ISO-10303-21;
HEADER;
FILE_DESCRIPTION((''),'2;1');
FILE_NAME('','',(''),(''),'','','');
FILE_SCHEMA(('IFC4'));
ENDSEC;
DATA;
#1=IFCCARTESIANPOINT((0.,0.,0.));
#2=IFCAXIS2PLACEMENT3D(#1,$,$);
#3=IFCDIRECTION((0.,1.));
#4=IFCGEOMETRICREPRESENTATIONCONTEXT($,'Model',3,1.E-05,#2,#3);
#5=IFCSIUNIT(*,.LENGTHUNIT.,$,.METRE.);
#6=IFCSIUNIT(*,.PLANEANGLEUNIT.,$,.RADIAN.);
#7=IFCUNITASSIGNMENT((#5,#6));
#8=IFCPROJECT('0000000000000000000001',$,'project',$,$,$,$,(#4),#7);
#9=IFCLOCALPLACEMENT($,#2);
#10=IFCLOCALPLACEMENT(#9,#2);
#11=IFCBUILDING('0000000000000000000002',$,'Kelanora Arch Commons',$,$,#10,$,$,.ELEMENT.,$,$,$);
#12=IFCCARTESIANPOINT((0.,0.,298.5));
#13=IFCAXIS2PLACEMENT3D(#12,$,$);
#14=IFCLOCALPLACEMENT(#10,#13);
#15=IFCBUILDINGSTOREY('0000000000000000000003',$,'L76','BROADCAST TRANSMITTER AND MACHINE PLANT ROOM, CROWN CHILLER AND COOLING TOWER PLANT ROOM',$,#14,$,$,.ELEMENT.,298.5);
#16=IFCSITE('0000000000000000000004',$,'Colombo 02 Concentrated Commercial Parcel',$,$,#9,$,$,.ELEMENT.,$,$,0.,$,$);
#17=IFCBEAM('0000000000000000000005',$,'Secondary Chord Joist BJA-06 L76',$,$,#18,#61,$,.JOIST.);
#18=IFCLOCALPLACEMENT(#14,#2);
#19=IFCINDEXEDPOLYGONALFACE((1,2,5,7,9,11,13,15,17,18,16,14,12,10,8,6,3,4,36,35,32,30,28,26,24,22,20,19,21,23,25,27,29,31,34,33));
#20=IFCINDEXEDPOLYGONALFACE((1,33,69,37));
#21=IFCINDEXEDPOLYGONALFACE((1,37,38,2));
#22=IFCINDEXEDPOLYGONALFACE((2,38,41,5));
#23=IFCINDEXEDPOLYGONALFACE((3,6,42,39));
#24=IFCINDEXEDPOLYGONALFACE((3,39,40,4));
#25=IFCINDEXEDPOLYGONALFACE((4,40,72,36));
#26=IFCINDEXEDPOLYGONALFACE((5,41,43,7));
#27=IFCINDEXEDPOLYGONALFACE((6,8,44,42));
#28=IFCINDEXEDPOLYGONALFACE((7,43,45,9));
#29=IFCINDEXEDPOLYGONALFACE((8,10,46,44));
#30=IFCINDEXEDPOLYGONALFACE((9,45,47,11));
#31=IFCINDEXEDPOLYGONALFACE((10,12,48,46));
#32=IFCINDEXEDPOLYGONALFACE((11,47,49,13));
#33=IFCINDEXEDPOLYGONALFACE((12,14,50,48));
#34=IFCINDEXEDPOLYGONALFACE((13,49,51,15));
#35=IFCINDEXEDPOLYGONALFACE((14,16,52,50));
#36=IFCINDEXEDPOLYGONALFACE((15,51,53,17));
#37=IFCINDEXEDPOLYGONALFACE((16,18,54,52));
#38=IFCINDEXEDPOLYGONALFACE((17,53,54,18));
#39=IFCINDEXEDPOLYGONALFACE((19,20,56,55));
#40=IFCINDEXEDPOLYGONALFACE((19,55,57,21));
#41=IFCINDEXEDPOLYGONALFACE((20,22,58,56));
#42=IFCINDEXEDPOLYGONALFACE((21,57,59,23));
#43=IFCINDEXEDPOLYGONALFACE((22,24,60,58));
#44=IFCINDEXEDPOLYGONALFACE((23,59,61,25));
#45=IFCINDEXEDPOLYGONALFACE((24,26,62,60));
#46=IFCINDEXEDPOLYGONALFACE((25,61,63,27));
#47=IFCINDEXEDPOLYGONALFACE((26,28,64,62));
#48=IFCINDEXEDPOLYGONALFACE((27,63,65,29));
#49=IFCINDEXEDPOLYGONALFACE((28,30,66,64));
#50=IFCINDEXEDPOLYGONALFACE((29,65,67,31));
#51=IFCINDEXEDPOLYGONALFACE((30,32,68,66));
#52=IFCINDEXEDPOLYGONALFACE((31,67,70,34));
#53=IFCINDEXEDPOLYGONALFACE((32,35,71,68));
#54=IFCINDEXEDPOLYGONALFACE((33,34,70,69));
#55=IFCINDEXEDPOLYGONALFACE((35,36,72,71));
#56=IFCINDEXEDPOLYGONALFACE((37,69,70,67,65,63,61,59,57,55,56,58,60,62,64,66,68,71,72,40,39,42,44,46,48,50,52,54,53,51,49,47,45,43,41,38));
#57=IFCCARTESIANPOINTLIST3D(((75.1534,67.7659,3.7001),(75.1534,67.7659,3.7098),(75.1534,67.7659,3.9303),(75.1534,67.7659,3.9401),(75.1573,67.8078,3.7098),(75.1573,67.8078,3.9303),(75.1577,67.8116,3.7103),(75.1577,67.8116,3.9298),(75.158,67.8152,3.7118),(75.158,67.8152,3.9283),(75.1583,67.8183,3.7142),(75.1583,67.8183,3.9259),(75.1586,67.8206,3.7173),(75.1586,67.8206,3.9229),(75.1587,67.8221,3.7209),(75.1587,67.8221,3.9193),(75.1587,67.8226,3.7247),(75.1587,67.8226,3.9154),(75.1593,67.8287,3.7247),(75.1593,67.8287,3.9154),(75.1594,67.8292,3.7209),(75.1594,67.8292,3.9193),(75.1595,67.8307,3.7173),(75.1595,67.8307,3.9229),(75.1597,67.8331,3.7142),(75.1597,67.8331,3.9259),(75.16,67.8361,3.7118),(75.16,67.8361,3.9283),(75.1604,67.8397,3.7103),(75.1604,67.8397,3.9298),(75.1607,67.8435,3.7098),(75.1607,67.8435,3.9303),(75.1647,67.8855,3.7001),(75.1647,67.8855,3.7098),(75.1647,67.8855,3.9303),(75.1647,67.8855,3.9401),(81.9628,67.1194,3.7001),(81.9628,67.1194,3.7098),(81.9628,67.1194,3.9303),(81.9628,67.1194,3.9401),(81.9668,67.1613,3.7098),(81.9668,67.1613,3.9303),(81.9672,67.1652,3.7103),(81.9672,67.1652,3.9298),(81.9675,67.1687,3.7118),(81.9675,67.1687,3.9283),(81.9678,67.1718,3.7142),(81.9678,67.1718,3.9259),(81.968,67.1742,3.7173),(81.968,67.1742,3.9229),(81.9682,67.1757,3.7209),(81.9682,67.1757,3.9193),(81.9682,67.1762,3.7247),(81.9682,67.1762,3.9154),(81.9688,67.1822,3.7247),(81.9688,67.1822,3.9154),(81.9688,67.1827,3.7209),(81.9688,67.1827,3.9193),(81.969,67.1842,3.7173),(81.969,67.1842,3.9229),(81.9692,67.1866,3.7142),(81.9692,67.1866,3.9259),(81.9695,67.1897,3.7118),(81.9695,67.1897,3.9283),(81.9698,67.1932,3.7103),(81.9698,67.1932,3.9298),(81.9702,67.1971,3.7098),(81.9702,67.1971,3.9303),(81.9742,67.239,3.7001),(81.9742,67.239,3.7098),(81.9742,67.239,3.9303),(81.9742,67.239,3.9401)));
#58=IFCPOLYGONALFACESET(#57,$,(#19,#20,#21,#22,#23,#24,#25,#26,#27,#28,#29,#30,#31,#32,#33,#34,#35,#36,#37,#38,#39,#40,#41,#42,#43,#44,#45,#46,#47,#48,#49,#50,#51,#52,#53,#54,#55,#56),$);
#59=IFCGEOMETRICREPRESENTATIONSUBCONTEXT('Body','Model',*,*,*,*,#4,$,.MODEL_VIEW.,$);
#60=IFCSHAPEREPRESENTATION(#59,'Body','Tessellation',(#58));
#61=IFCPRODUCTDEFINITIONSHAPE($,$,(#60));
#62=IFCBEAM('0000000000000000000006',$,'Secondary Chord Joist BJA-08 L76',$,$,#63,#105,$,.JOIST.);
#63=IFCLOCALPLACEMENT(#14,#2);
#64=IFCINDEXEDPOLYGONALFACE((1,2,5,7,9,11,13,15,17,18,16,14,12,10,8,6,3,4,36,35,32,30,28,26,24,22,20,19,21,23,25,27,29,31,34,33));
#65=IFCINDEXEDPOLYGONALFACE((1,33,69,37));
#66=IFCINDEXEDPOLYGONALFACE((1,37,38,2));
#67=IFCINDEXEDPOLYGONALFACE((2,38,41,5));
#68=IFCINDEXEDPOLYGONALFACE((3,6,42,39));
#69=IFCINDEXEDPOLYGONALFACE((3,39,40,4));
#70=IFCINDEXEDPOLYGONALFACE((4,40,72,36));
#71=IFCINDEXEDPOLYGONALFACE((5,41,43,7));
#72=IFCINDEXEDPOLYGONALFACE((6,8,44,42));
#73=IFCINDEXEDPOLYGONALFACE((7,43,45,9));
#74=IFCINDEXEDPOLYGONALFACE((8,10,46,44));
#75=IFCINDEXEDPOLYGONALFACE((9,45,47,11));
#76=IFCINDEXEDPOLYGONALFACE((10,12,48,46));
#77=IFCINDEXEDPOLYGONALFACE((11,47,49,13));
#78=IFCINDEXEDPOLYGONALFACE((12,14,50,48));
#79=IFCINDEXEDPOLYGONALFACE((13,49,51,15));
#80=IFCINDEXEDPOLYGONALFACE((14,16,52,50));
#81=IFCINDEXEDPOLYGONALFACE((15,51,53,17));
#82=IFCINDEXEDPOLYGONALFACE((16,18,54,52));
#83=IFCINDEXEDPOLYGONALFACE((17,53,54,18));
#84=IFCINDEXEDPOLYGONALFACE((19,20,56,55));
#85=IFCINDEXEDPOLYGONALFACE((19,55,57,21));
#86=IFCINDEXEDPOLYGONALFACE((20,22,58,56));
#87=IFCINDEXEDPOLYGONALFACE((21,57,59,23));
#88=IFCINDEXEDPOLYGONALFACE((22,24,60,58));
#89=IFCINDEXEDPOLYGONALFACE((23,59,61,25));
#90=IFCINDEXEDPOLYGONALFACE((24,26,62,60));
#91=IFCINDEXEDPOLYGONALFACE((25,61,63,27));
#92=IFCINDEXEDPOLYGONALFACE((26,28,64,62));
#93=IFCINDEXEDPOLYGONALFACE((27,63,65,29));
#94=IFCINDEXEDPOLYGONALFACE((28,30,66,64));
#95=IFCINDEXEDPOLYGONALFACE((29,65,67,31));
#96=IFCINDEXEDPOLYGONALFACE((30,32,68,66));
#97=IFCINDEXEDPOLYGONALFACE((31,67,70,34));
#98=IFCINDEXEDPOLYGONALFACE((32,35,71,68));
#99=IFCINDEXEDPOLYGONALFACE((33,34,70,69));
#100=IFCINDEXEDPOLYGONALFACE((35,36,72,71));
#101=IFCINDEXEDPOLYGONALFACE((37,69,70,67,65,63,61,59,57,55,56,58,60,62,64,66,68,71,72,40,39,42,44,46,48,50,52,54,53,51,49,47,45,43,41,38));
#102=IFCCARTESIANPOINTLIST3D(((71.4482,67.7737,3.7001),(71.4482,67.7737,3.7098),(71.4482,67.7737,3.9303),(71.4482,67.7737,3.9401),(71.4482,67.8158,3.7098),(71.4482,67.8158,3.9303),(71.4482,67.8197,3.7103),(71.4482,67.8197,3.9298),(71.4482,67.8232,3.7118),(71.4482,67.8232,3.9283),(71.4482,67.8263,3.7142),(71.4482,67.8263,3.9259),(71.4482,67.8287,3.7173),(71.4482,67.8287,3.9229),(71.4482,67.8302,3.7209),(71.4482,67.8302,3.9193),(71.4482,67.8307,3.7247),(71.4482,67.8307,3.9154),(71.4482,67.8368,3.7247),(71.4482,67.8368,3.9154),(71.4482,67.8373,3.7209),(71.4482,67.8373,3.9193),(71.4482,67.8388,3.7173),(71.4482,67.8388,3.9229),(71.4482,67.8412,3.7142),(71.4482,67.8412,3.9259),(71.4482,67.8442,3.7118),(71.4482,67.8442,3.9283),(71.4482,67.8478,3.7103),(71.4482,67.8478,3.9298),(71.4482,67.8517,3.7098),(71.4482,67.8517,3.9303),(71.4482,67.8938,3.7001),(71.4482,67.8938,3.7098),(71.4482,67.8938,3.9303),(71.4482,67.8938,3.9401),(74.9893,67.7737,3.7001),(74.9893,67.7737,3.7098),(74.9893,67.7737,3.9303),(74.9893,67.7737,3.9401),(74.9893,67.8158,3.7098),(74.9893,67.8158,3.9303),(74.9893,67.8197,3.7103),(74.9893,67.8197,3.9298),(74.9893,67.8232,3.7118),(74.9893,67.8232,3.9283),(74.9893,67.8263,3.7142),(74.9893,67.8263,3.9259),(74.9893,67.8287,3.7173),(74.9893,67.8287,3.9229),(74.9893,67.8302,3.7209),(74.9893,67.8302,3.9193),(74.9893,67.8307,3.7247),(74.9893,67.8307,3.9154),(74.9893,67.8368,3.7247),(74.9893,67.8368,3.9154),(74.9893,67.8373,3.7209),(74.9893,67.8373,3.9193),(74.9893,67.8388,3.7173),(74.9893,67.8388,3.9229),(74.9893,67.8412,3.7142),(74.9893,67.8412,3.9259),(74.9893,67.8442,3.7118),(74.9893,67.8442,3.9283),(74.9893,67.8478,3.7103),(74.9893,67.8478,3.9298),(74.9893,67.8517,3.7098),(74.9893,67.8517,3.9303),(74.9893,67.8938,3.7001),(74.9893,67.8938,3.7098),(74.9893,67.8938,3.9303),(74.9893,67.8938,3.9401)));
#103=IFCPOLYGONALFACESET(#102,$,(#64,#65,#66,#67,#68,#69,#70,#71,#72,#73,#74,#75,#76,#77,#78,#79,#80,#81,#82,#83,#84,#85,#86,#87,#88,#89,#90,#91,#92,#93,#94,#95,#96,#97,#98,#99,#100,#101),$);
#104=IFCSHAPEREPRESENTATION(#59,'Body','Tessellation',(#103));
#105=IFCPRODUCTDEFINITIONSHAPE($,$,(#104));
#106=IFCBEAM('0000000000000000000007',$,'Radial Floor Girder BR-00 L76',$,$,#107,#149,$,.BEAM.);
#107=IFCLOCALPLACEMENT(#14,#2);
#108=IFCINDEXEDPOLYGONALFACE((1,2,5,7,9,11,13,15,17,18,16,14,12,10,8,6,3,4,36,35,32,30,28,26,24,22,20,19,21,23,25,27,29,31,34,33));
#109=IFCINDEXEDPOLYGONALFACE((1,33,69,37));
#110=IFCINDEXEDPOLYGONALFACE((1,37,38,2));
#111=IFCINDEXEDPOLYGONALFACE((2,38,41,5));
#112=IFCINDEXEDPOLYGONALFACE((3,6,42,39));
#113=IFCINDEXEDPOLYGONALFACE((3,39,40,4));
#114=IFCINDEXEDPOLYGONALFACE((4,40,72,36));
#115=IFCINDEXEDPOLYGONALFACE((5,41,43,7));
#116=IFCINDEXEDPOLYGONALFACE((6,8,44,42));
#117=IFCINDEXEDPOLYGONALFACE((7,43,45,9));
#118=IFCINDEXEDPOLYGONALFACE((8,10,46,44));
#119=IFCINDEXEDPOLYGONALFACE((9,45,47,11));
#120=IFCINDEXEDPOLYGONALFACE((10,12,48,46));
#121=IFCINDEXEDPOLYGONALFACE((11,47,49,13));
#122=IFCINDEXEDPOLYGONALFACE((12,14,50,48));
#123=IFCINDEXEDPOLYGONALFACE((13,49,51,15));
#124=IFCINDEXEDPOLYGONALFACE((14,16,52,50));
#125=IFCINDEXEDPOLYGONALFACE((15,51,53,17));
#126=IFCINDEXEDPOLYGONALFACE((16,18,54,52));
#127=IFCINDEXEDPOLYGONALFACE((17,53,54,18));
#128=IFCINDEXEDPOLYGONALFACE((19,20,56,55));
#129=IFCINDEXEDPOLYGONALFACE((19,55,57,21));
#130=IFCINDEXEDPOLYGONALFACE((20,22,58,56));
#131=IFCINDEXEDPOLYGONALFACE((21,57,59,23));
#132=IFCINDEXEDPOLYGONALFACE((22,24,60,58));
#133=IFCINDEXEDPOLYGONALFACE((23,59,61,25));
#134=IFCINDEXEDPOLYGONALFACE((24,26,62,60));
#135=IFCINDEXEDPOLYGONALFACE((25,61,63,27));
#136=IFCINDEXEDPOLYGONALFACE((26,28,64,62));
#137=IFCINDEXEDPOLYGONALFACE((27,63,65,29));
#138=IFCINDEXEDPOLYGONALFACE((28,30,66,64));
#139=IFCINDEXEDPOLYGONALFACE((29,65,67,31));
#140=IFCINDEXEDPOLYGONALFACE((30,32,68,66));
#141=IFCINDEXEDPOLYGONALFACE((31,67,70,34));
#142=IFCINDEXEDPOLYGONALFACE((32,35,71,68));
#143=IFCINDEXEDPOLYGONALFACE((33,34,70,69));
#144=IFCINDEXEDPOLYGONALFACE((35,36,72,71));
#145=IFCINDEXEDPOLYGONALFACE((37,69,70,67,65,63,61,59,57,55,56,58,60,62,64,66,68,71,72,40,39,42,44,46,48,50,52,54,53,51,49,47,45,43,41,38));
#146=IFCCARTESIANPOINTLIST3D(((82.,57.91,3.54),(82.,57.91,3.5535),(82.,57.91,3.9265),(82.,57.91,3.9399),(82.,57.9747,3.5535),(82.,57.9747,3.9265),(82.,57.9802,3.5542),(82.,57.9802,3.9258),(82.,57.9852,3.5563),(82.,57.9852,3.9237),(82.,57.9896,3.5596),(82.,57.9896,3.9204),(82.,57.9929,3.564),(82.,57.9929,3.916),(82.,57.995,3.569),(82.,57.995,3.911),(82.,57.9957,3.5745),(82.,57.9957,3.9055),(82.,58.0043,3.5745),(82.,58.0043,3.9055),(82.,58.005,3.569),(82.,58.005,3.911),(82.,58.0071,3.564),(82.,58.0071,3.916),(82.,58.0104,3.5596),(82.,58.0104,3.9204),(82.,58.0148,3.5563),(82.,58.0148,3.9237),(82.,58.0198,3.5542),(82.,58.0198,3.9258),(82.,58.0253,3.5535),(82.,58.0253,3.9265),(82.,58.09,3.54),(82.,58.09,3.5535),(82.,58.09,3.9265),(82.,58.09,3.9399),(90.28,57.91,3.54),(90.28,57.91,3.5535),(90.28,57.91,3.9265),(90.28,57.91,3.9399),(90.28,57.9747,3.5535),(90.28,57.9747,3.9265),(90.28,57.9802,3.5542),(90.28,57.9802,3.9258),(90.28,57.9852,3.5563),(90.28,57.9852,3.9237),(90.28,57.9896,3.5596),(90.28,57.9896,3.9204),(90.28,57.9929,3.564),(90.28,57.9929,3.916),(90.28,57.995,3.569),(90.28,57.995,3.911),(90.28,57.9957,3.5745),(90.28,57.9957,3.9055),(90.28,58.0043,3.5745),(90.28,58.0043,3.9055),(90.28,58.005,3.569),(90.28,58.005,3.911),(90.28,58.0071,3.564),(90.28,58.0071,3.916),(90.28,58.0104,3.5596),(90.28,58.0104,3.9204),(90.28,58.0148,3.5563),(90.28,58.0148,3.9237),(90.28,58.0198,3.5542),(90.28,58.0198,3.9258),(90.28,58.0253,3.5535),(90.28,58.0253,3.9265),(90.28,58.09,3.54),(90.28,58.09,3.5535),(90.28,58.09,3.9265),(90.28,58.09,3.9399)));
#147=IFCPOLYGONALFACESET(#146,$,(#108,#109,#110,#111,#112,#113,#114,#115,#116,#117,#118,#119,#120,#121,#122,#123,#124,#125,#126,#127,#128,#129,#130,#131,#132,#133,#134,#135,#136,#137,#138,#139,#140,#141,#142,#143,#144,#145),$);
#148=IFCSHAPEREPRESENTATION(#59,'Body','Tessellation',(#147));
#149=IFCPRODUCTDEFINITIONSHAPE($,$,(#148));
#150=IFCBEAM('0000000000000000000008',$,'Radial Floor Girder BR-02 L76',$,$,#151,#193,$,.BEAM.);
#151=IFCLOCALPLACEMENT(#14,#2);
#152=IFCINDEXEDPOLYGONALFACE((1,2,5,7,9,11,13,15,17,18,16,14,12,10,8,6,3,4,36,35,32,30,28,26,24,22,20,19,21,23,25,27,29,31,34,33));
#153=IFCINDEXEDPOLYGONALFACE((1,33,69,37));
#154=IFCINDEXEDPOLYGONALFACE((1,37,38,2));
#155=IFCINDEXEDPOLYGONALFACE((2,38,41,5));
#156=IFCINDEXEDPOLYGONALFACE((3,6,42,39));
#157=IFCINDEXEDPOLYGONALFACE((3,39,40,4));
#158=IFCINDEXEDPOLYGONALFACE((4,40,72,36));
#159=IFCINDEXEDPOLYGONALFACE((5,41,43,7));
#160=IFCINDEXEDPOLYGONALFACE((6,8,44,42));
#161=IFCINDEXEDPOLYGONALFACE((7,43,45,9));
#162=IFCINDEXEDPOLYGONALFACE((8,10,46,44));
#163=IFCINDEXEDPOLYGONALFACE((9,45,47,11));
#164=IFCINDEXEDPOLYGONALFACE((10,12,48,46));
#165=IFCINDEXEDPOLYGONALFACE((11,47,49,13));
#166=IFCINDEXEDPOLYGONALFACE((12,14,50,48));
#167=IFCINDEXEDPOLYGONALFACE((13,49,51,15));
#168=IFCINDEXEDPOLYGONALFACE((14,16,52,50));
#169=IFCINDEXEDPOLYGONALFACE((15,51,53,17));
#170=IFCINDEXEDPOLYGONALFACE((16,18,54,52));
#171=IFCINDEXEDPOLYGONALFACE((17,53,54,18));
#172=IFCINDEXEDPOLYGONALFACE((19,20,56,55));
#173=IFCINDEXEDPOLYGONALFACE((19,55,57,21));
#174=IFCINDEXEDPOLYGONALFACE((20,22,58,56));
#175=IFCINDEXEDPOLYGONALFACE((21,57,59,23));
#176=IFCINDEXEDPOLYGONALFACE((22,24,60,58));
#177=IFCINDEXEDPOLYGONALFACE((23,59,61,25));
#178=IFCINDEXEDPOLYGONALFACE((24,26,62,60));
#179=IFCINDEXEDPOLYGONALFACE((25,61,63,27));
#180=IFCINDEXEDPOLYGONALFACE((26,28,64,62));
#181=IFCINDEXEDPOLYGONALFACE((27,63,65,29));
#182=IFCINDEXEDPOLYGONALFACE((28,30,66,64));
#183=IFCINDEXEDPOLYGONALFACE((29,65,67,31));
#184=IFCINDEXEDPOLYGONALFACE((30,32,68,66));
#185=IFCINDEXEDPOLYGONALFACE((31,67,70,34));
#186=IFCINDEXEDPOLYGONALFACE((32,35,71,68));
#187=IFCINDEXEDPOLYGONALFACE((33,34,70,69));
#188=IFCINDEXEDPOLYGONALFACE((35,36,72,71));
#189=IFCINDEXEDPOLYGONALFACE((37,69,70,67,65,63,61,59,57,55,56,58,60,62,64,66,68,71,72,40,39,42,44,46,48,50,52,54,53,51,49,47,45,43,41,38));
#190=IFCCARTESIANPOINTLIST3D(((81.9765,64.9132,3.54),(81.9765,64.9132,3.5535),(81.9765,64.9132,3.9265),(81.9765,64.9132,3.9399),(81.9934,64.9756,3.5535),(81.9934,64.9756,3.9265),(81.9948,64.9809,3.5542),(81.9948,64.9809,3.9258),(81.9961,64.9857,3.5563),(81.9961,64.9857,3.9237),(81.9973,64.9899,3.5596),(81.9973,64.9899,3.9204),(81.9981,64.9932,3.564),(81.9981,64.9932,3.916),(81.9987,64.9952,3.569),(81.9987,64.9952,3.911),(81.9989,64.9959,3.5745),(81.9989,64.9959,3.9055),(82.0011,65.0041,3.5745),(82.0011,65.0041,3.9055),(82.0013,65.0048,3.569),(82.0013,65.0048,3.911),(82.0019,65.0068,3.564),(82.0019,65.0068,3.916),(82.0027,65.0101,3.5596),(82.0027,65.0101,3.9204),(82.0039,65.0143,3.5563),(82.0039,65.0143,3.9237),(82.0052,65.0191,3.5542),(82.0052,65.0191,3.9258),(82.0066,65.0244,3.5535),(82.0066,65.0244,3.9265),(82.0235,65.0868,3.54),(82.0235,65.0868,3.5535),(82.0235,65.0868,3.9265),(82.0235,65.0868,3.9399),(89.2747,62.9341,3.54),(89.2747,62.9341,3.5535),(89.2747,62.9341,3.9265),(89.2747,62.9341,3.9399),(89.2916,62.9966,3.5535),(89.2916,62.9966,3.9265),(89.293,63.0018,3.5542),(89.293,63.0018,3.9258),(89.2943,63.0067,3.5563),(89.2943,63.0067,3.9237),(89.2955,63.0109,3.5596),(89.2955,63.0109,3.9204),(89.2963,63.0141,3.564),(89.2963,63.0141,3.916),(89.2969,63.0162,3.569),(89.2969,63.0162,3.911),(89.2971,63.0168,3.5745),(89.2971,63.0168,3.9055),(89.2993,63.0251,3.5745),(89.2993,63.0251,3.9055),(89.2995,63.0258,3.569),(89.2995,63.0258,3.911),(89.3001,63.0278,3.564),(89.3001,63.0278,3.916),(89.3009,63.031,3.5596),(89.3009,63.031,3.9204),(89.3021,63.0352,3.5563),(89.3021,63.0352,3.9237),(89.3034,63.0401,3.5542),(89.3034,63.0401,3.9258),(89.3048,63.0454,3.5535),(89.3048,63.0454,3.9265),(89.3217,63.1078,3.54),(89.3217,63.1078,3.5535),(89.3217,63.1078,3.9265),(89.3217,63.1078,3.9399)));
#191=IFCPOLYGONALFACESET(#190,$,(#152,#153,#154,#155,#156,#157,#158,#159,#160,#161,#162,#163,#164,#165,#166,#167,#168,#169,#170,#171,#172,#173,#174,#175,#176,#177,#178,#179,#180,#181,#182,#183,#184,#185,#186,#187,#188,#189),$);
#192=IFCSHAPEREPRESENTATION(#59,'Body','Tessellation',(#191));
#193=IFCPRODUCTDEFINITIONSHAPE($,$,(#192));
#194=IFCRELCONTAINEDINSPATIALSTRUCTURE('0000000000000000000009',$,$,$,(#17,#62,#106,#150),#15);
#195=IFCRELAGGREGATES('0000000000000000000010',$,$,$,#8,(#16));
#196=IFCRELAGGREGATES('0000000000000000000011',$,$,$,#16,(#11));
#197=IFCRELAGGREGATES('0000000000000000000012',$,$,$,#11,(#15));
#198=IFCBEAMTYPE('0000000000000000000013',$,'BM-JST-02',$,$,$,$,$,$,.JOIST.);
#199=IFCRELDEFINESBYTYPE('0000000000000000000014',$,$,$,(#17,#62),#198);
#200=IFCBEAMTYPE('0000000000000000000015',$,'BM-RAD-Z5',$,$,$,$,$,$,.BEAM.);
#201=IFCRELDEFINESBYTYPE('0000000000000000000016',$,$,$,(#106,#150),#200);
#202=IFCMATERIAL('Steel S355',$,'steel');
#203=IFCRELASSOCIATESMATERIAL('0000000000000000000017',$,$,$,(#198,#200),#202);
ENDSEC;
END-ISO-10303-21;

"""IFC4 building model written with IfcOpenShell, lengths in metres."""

from ifc_helpers import new_model, si_unit, direction, frame, origin, origin_2d, place, context, subcontext, project, spatial, i_section, extrude, material, material_profile, profile_set, type_object, element, save


model = new_model("IFC4")

# Units and contexts
model_context = context("Model", 3, precision=1e-05, world=origin(), true_north=direction((0.0, 1.0)))
body_context = subcontext(model_context, "Body", "Model", "MODEL_VIEW")
ifc_project = project(units=[si_unit("LENGTHUNIT", "METRE"), si_unit("PLANEANGLEUNIT", "RADIAN")], contexts=[model_context])

# Site, building, storey
site_placement = place(None, origin())
site = spatial("IfcSite", under=ifc_project, at=site_placement, Name="Colombo 02 Concentrated Commercial Parcel", CompositionType="ELEMENT", RefElevation=0.0)
building_placement = place(site_placement, origin())
building = spatial("IfcBuilding", under=site, at=building_placement, Name="Kelanora Arch Commons", CompositionType="ELEMENT")
storey_placement = place(building_placement, frame((0.0, 0.0, 298.5)))
storey = spatial("IfcBuildingStorey", under=building, at=storey_placement, Name="L76", Description="BROADCAST TRANSMITTER AND MACHINE PLANT ROOM, CROWN CHILLER AND COOLING TOWER PLANT ROOM", CompositionType="ELEMENT", Elevation=298.5)

# Beams
ifc_material_1 = material(Name="Steel S355", Category="steel")
ifc_material_profile_1 = material_profile(ifc_material_1, i_section(OverallWidth=0.1201, OverallDepth=0.24, WebThickness=0.0061, FlangeThickness=0.0098, FilletRadius=0.0149, at=origin_2d()), Name="IPE240")
ifc_profile_set_1 = profile_set([ifc_material_profile_1], Name="Steel S355")
beam_type_1 = type_object("IfcBeamType", Name="BM-JST-02", PredefinedType="JOIST", material=ifc_profile_set_1)
beam_1_placement = place(storey_placement, frame((81.9685, 67.1792, 3.8201), z_axis=(-0.995524, 0.094513, 0.0), x_axis=(-0.094513, -0.995524, 0.0)))
element("IfcBeam", 1, at=beam_1_placement, inside=storey, type_object=beam_type_1, Name="Secondary Chord Joist BJA-06 L76", PredefinedType="JOIST", context=body_context, shape_type="SweptSolid", body=[
    extrude(i_section(OverallWidth=0.1201, OverallDepth=0.24, WebThickness=0.0061, FlangeThickness=0.0098, FilletRadius=0.0149, at=origin_2d()), origin(), (0.0, 0.0, 1.0), 6.8401),
])
beam_2_placement = place(storey_placement, frame((74.9893, 67.8337, 3.8201), z_axis=(-1.0, 0.0, 0.0), x_axis=(0.0, -1.0, 0.0)))
element("IfcBeam", 2, at=beam_2_placement, inside=storey, type_object=beam_type_1, Name="Secondary Chord Joist BJA-08 L76", PredefinedType="JOIST", context=body_context, shape_type="SweptSolid", body=[
    extrude(i_section(OverallWidth=0.1201, OverallDepth=0.24, WebThickness=0.0061, FlangeThickness=0.0098, FilletRadius=0.0149, at=origin_2d()), origin(), (0.0, 0.0, 1.0), 3.541),
])
ifc_material_profile_2 = material_profile(ifc_material_1, i_section(OverallWidth=0.1799, OverallDepth=0.3999, WebThickness=0.0085, FlangeThickness=0.0134, FilletRadius=0.021, at=origin_2d()), Name="IPE400")
ifc_profile_set_2 = profile_set([ifc_material_profile_2], Name="Steel S355")
beam_type_2 = type_object("IfcBeamType", Name="BM-RAD-Z5", PredefinedType="BEAM", material=ifc_profile_set_2)
beam_3_placement = place(storey_placement, frame((82.0, 58.0, 3.74), z_axis=(1.0, 0.0, 0.0), x_axis=(0.0, 1.0, 0.0)))
element("IfcBeam", 3, at=beam_3_placement, inside=storey, type_object=beam_type_2, Name="Radial Floor Girder BR-00 L76", PredefinedType="BEAM", context=body_context, shape_type="SweptSolid", body=[
    extrude(i_section(OverallWidth=0.1799, OverallDepth=0.3999, WebThickness=0.0085, FlangeThickness=0.0134, FilletRadius=0.021, at=origin_2d()), origin(), (0.0, 0.0, 1.0), 8.28),
])
beam_4_placement = place(storey_placement, frame((82.0, 65.0, 3.74), z_axis=(0.965145, -0.261716, 0.0), x_axis=(0.261716, 0.965145, 0.0)))
element("IfcBeam", 4, at=beam_4_placement, inside=storey, type_object=beam_type_2, Name="Radial Floor Girder BR-02 L76", PredefinedType="BEAM", context=body_context, shape_type="SweptSolid", body=[
    extrude(i_section(OverallWidth=0.1799, OverallDepth=0.3999, WebThickness=0.0085, FlangeThickness=0.0134, FilletRadius=0.021, at=origin_2d()), origin(), (0.0, 0.0, 1.0), 7.5618),
])

save(model, "model.ifc")
